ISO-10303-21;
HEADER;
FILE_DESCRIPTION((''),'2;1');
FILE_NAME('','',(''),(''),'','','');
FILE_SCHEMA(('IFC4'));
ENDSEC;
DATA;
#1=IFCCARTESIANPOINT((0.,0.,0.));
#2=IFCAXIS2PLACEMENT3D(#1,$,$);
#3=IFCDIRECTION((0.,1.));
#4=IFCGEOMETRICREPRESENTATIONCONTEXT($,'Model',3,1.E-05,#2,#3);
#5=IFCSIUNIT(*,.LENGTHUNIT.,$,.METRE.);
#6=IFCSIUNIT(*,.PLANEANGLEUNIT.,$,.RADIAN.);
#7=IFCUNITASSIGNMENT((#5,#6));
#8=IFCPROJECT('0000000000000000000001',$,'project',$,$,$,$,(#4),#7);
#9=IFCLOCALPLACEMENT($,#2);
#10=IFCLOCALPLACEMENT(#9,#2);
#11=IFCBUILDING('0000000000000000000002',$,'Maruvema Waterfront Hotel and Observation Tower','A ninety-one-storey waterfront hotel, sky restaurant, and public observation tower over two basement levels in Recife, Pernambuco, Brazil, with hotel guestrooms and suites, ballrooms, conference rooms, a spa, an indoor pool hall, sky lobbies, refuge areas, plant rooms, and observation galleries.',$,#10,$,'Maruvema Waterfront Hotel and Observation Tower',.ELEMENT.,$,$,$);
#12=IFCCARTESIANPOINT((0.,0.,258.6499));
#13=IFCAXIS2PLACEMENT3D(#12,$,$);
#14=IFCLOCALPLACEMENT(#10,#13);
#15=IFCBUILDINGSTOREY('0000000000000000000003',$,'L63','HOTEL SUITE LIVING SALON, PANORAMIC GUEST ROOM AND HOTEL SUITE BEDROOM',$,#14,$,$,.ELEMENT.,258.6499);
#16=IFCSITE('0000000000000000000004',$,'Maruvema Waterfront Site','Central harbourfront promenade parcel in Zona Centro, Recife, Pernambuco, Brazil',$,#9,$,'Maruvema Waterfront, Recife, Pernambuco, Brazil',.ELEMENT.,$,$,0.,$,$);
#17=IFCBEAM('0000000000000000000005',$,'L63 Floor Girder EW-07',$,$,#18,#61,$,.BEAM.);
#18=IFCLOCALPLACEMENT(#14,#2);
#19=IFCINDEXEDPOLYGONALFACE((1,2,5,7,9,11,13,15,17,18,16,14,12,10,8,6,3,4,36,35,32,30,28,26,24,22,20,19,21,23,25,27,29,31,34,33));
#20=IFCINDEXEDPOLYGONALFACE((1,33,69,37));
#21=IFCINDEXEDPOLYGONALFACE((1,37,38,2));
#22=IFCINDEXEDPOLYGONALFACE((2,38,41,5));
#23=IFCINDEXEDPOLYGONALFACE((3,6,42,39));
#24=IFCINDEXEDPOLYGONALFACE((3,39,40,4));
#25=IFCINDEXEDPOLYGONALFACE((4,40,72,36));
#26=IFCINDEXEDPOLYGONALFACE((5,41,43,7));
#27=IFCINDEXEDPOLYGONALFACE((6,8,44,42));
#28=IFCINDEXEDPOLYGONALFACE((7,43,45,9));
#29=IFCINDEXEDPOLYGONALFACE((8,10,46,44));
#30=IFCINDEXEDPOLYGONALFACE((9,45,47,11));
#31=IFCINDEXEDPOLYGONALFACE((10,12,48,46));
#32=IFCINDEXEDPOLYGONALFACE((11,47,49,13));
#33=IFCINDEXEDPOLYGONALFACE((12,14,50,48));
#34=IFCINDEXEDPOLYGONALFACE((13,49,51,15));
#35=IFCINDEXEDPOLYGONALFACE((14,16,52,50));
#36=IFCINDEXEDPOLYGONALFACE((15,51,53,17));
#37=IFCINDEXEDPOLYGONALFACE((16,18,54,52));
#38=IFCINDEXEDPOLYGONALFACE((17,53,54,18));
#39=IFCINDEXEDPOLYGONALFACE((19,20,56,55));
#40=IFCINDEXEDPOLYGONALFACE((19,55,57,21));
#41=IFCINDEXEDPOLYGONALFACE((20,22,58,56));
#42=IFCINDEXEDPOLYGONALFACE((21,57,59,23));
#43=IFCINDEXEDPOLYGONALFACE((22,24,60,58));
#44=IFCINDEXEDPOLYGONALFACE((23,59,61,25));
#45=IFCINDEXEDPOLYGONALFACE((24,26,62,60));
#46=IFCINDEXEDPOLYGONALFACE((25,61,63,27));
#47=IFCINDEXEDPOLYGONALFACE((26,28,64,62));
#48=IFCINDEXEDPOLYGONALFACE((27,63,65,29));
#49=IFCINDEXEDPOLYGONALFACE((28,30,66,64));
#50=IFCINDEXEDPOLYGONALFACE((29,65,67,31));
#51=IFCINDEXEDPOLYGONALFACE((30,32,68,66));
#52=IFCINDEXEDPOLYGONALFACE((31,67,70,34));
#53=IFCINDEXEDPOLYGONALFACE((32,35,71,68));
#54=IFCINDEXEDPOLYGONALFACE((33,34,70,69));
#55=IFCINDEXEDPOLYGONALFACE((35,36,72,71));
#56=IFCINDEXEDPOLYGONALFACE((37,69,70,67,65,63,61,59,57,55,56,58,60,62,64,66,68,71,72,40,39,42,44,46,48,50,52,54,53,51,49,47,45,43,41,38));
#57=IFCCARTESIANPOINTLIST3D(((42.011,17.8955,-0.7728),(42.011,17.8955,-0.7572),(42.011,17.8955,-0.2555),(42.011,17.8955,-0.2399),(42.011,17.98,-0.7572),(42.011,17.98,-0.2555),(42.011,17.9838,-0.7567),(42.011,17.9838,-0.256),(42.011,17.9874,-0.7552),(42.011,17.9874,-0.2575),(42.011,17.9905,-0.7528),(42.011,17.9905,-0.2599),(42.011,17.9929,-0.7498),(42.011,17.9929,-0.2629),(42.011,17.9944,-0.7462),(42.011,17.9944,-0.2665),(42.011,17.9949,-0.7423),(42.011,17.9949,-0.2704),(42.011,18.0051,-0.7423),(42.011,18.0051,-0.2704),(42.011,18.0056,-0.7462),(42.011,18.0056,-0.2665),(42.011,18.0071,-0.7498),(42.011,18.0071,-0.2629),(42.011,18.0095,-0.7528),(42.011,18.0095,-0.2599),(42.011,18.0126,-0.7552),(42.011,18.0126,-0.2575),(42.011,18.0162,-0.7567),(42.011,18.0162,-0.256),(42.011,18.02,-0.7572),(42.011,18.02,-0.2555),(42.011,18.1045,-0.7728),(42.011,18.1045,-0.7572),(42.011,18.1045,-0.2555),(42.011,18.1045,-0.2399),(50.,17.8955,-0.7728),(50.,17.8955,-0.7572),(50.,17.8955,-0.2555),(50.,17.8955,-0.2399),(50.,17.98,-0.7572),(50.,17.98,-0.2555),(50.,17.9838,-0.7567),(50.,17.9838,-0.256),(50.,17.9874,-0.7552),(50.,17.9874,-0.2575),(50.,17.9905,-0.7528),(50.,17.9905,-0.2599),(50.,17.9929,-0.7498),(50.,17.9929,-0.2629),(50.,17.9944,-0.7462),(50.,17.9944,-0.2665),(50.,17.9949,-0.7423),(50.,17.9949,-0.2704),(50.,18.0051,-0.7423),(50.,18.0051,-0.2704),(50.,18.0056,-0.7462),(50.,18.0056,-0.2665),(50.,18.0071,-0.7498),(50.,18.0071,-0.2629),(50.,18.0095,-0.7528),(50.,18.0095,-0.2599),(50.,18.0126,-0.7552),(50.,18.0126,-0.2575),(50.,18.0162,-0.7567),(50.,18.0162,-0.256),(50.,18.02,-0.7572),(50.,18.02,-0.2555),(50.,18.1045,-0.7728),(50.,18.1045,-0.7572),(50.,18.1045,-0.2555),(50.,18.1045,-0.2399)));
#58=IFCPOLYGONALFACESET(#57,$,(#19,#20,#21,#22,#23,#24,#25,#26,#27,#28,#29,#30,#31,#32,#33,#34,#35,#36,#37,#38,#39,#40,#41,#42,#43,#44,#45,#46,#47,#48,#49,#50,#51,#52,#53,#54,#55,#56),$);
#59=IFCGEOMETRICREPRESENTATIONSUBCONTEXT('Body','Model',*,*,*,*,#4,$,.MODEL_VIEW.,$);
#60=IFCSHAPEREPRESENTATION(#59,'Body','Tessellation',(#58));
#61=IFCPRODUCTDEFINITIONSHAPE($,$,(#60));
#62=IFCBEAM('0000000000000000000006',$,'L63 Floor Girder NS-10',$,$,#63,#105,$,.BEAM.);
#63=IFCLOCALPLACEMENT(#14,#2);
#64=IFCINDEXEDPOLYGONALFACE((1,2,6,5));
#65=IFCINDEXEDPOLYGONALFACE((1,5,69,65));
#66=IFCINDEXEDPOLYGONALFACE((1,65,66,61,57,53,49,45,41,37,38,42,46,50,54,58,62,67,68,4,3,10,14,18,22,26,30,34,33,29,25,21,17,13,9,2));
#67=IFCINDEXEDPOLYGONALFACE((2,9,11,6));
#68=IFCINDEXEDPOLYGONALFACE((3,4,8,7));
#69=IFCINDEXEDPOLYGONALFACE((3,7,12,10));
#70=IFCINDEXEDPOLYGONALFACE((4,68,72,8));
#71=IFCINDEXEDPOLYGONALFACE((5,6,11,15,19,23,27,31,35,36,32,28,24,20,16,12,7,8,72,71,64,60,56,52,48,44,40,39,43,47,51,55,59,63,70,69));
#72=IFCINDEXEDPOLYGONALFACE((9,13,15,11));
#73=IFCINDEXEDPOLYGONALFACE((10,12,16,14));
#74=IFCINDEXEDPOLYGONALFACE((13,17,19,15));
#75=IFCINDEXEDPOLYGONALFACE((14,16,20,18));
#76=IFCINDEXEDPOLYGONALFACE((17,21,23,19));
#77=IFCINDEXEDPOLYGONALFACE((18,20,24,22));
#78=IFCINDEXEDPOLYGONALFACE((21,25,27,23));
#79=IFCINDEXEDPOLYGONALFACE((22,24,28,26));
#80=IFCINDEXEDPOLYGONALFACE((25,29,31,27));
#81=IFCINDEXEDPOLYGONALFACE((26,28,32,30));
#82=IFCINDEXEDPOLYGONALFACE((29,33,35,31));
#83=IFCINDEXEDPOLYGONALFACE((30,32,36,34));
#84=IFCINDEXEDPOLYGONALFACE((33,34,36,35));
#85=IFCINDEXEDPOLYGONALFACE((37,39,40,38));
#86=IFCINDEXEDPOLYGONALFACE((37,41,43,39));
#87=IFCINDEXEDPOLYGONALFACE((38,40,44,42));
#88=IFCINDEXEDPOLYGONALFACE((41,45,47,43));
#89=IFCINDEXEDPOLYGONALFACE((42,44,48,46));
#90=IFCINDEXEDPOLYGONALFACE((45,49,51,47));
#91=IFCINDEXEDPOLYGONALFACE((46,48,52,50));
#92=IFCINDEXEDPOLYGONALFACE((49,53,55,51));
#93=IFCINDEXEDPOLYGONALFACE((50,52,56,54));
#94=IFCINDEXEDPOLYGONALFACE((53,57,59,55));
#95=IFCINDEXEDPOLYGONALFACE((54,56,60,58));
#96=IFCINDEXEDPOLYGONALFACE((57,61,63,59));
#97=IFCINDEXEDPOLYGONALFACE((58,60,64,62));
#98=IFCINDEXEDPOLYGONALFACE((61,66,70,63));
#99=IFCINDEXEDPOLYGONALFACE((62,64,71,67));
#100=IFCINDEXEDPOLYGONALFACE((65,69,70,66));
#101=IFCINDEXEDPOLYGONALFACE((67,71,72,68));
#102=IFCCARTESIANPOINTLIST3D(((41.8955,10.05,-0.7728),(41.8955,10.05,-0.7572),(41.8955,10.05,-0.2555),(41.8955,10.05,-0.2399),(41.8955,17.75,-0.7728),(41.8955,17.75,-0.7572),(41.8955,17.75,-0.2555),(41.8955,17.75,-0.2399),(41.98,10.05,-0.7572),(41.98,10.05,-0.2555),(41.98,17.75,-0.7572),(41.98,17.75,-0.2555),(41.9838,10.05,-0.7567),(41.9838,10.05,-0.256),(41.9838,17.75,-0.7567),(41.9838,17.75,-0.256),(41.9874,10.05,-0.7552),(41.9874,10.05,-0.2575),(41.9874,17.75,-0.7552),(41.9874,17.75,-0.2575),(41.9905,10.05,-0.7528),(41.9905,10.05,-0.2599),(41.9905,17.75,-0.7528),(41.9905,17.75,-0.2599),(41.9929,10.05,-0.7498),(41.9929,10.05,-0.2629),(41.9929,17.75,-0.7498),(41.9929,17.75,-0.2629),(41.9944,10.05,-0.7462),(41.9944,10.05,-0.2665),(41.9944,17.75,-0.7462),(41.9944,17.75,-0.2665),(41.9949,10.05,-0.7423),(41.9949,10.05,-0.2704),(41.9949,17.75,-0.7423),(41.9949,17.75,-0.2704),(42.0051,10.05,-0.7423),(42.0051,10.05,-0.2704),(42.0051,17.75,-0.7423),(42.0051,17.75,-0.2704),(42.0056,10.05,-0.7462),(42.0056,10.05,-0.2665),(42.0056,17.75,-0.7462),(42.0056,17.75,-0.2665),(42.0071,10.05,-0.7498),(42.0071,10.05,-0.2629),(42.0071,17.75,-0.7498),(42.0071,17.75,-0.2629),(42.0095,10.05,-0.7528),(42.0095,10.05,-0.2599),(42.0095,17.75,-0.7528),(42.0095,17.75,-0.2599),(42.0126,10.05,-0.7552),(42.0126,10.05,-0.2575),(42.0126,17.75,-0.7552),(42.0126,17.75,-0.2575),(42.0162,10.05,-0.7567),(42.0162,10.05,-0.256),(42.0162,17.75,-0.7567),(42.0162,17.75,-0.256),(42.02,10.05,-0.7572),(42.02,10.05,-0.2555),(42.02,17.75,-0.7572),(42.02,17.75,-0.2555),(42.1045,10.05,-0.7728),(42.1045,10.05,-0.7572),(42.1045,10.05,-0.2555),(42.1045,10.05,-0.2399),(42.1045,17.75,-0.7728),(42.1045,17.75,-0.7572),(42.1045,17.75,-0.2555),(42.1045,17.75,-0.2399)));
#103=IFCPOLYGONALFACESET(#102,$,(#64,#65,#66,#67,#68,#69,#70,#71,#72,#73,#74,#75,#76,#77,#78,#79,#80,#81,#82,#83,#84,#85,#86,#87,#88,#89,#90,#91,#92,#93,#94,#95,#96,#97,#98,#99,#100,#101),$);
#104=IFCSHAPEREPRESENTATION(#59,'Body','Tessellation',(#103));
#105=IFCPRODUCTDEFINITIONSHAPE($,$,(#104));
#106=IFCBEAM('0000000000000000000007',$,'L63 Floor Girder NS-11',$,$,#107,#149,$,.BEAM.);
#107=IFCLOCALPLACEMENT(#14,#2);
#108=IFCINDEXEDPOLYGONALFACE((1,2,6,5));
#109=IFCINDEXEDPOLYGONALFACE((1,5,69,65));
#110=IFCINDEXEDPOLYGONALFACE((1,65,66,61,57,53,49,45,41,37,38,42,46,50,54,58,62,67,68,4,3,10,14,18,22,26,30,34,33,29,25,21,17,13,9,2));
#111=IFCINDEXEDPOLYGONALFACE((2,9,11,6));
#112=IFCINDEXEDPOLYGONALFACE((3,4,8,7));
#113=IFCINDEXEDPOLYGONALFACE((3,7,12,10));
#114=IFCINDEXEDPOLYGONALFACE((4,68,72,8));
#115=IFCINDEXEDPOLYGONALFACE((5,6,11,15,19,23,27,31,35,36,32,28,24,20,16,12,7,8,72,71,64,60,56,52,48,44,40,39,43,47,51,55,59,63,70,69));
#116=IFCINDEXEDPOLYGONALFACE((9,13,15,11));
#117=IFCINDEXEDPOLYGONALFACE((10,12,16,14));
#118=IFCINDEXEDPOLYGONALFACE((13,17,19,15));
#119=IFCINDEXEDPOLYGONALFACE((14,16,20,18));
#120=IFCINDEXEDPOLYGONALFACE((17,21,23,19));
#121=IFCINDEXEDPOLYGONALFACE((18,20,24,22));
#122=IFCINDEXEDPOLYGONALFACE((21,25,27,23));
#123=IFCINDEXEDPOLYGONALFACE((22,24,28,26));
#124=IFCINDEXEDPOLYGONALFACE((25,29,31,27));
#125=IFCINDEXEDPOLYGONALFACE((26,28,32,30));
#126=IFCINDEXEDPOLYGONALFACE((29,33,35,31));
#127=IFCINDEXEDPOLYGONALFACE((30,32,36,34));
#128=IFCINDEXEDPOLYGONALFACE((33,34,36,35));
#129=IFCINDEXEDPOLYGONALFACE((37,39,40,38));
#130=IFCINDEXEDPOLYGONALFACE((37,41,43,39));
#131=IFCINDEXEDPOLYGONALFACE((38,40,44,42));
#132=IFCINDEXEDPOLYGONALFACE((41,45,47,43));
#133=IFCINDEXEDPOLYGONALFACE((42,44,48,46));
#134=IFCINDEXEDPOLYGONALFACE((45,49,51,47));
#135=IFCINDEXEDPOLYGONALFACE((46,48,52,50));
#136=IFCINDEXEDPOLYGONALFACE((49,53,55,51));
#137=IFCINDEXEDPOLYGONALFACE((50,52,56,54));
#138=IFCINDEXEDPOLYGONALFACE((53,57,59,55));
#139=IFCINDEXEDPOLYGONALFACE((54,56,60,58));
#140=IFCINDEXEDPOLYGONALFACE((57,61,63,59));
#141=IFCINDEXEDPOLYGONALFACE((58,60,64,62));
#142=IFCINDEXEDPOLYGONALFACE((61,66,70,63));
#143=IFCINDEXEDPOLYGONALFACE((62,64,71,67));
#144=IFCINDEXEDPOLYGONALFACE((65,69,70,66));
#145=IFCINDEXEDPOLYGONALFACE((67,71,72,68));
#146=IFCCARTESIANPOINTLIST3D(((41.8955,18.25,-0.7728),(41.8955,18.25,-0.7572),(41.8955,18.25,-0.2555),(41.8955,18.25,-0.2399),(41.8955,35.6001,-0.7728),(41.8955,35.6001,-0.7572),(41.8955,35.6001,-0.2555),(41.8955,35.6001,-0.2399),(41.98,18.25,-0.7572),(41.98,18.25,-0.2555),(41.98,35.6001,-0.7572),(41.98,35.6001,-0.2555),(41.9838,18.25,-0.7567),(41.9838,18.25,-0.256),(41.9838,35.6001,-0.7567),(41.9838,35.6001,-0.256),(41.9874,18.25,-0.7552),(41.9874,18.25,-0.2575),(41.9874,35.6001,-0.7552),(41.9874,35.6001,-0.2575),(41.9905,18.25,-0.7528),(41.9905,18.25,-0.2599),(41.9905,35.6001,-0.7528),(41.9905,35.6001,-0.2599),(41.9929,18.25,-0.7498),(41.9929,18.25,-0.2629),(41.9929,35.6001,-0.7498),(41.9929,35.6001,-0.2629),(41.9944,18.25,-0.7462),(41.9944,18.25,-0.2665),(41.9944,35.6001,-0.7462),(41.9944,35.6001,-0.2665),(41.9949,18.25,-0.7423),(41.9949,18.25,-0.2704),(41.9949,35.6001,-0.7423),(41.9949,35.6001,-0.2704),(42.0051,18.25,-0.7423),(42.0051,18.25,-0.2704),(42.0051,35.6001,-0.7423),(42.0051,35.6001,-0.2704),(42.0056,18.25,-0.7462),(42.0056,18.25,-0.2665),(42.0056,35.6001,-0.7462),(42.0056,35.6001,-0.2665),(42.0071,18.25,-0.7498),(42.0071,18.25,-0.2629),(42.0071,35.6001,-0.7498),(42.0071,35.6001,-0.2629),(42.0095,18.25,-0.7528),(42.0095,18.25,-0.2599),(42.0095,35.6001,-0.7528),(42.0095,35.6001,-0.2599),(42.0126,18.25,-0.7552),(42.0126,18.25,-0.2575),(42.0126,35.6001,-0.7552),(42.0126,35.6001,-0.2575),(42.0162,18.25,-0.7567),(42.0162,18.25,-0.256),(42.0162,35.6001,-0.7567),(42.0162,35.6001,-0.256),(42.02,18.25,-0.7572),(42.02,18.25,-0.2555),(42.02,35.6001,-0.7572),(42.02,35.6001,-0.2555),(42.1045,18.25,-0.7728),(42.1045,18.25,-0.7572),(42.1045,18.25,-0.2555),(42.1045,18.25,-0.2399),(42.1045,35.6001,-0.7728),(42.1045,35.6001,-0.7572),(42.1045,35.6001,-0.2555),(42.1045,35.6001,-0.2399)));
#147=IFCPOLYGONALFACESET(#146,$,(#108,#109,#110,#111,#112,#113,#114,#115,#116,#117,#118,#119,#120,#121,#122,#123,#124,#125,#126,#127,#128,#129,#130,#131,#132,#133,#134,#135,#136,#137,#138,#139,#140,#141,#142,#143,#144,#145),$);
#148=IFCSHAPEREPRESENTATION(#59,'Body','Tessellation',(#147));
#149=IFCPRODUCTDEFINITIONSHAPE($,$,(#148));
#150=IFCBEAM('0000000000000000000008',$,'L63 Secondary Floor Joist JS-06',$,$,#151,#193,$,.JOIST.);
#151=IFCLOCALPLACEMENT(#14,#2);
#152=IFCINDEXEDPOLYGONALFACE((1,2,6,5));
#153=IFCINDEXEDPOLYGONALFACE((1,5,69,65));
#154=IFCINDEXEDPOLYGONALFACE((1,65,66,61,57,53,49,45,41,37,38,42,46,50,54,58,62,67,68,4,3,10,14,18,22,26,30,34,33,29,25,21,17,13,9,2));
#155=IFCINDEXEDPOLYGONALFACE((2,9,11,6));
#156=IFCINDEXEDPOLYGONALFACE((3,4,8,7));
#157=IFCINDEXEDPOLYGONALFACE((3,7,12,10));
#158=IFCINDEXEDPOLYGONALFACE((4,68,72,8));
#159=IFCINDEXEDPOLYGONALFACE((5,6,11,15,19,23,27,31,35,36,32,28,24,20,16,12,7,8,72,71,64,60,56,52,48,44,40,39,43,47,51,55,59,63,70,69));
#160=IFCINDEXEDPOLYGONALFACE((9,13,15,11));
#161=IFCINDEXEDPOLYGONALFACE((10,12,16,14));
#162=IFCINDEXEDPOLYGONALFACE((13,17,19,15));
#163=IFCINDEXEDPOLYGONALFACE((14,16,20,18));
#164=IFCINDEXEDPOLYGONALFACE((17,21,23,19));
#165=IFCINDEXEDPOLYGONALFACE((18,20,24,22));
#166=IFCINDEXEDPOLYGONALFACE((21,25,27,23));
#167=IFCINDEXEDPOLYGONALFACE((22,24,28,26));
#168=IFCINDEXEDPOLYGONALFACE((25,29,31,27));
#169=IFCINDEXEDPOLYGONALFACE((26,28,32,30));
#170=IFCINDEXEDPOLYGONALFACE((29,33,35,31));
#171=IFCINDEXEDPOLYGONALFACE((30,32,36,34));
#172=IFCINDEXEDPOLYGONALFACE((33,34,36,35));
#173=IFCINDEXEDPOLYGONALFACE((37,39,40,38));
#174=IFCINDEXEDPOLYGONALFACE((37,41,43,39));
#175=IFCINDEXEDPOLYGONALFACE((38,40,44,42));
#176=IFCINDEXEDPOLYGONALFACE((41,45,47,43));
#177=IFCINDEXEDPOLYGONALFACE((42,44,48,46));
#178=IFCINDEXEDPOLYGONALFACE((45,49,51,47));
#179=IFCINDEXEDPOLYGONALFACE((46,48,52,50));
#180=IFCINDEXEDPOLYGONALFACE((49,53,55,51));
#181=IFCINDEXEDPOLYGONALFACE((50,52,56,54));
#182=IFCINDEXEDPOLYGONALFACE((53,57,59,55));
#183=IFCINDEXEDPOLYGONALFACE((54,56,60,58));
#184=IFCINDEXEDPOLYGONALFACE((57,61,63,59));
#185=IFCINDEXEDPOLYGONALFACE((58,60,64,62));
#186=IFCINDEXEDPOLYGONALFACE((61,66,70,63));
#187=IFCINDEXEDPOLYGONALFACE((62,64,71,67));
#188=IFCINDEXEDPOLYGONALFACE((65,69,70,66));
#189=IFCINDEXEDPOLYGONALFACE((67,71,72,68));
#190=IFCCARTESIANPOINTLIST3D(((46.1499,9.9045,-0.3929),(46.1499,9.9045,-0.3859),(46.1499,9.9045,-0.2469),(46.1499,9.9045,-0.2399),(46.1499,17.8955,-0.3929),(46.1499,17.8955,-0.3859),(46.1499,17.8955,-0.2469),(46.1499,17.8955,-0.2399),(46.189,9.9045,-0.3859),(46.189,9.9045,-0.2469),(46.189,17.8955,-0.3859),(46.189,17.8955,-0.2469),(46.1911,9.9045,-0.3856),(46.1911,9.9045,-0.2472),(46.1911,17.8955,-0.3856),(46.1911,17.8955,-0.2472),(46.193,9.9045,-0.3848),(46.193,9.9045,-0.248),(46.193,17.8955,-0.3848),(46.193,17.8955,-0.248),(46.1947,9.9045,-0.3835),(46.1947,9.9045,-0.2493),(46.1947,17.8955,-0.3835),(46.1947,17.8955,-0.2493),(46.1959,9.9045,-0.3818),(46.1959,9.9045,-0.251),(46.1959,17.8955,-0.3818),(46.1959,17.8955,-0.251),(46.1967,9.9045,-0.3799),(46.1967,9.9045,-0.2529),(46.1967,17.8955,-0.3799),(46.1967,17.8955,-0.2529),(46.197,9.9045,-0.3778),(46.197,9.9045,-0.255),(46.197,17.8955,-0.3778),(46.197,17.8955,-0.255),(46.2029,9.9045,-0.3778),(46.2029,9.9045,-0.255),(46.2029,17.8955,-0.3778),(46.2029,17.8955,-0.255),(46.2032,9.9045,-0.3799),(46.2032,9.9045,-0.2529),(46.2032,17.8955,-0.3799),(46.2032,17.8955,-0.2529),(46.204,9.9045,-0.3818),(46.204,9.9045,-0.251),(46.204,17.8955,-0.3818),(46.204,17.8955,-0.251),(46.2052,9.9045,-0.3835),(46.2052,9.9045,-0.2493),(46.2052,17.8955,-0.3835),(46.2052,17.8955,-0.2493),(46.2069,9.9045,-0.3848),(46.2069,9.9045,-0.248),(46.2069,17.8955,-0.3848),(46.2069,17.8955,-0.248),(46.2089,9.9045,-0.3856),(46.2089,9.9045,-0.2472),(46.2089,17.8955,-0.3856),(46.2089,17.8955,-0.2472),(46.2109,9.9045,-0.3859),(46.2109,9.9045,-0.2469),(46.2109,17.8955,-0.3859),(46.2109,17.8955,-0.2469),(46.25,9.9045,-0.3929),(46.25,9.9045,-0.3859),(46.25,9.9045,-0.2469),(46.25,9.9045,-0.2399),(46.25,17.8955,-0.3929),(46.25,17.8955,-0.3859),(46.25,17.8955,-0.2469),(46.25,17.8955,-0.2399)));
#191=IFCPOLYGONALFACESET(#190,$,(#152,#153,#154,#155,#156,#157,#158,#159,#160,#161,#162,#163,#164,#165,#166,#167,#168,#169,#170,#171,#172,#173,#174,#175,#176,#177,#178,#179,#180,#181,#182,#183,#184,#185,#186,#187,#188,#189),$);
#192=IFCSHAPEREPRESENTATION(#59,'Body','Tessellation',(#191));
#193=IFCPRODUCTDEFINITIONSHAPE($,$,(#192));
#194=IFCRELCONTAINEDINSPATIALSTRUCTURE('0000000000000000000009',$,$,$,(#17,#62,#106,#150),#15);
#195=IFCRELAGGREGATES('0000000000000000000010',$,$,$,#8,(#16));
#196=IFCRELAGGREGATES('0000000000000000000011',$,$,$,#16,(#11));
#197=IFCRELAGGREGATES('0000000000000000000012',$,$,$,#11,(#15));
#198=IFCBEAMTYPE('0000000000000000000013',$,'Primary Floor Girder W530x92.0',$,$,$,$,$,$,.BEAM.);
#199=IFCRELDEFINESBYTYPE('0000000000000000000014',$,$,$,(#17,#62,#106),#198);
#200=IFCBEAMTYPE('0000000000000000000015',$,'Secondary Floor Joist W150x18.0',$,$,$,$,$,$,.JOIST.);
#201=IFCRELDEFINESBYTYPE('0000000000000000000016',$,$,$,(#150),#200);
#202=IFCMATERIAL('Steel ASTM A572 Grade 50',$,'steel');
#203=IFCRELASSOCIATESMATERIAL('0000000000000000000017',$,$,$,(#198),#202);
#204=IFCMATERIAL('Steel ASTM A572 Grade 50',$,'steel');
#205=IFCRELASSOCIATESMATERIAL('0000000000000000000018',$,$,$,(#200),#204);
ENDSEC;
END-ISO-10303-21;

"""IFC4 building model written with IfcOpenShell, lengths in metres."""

from ifc_helpers import new_model, si_unit, direction, frame, origin, origin_2d, place, context, subcontext, project, spatial, i_section, extrude, material, material_profile, profile_set, type_object, element, save


model = new_model("IFC4")

# Units and contexts
model_context = context("Model", 3, precision=1e-05, world=origin(), true_north=direction((0.0, 1.0)))
body_context = subcontext(model_context, "Body", "Model", "MODEL_VIEW")
ifc_project = project(units=[si_unit("LENGTHUNIT", "METRE"), si_unit("PLANEANGLEUNIT", "RADIAN")], contexts=[model_context])

# Site, building, storey
site_placement = place(None, origin())
site = spatial("IfcSite", under=ifc_project, at=site_placement, Name="Maruvema Waterfront Site", Description="Central harbourfront promenade parcel in Zona Centro, Recife, Pernambuco, Brazil", LongName="Maruvema Waterfront, Recife, Pernambuco, Brazil", CompositionType="ELEMENT", RefElevation=0.0)
building_placement = place(site_placement, origin())
building = spatial("IfcBuilding", under=site, at=building_placement, Name="Maruvema Waterfront Hotel and Observation Tower", Description="A ninety-one-storey waterfront hotel, sky restaurant, and public observation tower over two basement levels in Recife, Pernambuco, Brazil, with hotel guestrooms and suites, ballrooms, conference rooms, a spa, an indoor pool hall, sky lobbies, refuge areas, plant rooms, and observation galleries.", LongName="Maruvema Waterfront Hotel and Observation Tower", CompositionType="ELEMENT")
storey_placement = place(building_placement, frame((0.0, 0.0, 258.6499)))
storey = spatial("IfcBuildingStorey", under=building, at=storey_placement, Name="L63", Description="HOTEL SUITE LIVING SALON, PANORAMIC GUEST ROOM AND HOTEL SUITE BEDROOM", CompositionType="ELEMENT", Elevation=258.6499)

# Beams
ifc_material_1 = material(Name="Steel ASTM A572 Grade 50", Category="steel")
ifc_material_profile_1 = material_profile(ifc_material_1, i_section(OverallWidth=0.209, OverallDepth=0.533, WebThickness=0.0103, FlangeThickness=0.0156, FilletRadius=0.0149, at=origin_2d()), Name="W530x92.0")
ifc_profile_set_1 = profile_set([ifc_material_profile_1], Name="Steel ASTM A572 Grade 50")
beam_type_1 = type_object("IfcBeamType", Name="Primary Floor Girder W530x92.0", PredefinedType="BEAM", material=ifc_profile_set_1)
beam_1_placement = place(storey_placement, frame((42.011, 18.0, -0.5063), z_axis=(1.0, 0.0, 0.0), x_axis=(0.0, 1.0, 0.0)))
element("IfcBeam", 1, at=beam_1_placement, inside=storey, type_object=beam_type_1, Name="L63 Floor Girder EW-07", PredefinedType="BEAM", context=body_context, shape_type="SweptSolid", body=[
    extrude(i_section(OverallWidth=0.209, OverallDepth=0.533, WebThickness=0.0103, FlangeThickness=0.0156, FilletRadius=0.0149, at=origin_2d()), origin(), (0.0, 0.0, 1.0), 7.989),
])
beam_2_placement = place(storey_placement, frame((42.0, 10.05, -0.5063), z_axis=(0.0, 1.0, 0.0), x_axis=(-1.0, 0.0, 0.0)))
element("IfcBeam", 2, at=beam_2_placement, inside=storey, type_object=beam_type_1, Name="L63 Floor Girder NS-10", PredefinedType="BEAM", context=body_context, shape_type="SweptSolid", body=[
    extrude(i_section(OverallWidth=0.209, OverallDepth=0.533, WebThickness=0.0103, FlangeThickness=0.0156, FilletRadius=0.0149, at=origin_2d()), origin(), (0.0, 0.0, 1.0), 7.7),
])
beam_3_placement = place(storey_placement, frame((42.0, 18.25, -0.5063), z_axis=(0.0, 1.0, 0.0), x_axis=(-1.0, 0.0, 0.0)))
element("IfcBeam", 3, at=beam_3_placement, inside=storey, type_object=beam_type_1, Name="L63 Floor Girder NS-11", PredefinedType="BEAM", context=body_context, shape_type="SweptSolid", body=[
    extrude(i_section(OverallWidth=0.209, OverallDepth=0.533, WebThickness=0.0103, FlangeThickness=0.0156, FilletRadius=0.0149, at=origin_2d()), origin(), (0.0, 0.0, 1.0), 17.3501),
])
ifc_material_2 = material(Name="Steel ASTM A572 Grade 50", Category="steel")
ifc_material_profile_2 = material_profile(ifc_material_2, i_section(OverallWidth=0.1001, OverallDepth=0.1531, WebThickness=0.0059, FlangeThickness=0.0071, FilletRadius=0.0081, at=origin_2d()), Name="W150x18.0")
ifc_profile_set_2 = profile_set([ifc_material_profile_2], Name="Steel ASTM A572 Grade 50")
beam_type_2 = type_object("IfcBeamType", Name="Secondary Floor Joist W150x18.0", PredefinedType="JOIST", material=ifc_profile_set_2)
beam_4_placement = place(storey_placement, frame((46.2, 9.9045, -0.3164), z_axis=(0.0, 1.0, 0.0), x_axis=(-1.0, 0.0, 0.0)))
element("IfcBeam", 4, at=beam_4_placement, inside=storey, type_object=beam_type_2, Name="L63 Secondary Floor Joist JS-06", PredefinedType="JOIST", context=body_context, shape_type="SweptSolid", body=[
    extrude(i_section(OverallWidth=0.1001, OverallDepth=0.1531, WebThickness=0.0059, FlangeThickness=0.0071, FilletRadius=0.0081, at=origin_2d()), origin(), (0.0, 0.0, 1.0), 7.991),
])

save(model, "model.ifc")
